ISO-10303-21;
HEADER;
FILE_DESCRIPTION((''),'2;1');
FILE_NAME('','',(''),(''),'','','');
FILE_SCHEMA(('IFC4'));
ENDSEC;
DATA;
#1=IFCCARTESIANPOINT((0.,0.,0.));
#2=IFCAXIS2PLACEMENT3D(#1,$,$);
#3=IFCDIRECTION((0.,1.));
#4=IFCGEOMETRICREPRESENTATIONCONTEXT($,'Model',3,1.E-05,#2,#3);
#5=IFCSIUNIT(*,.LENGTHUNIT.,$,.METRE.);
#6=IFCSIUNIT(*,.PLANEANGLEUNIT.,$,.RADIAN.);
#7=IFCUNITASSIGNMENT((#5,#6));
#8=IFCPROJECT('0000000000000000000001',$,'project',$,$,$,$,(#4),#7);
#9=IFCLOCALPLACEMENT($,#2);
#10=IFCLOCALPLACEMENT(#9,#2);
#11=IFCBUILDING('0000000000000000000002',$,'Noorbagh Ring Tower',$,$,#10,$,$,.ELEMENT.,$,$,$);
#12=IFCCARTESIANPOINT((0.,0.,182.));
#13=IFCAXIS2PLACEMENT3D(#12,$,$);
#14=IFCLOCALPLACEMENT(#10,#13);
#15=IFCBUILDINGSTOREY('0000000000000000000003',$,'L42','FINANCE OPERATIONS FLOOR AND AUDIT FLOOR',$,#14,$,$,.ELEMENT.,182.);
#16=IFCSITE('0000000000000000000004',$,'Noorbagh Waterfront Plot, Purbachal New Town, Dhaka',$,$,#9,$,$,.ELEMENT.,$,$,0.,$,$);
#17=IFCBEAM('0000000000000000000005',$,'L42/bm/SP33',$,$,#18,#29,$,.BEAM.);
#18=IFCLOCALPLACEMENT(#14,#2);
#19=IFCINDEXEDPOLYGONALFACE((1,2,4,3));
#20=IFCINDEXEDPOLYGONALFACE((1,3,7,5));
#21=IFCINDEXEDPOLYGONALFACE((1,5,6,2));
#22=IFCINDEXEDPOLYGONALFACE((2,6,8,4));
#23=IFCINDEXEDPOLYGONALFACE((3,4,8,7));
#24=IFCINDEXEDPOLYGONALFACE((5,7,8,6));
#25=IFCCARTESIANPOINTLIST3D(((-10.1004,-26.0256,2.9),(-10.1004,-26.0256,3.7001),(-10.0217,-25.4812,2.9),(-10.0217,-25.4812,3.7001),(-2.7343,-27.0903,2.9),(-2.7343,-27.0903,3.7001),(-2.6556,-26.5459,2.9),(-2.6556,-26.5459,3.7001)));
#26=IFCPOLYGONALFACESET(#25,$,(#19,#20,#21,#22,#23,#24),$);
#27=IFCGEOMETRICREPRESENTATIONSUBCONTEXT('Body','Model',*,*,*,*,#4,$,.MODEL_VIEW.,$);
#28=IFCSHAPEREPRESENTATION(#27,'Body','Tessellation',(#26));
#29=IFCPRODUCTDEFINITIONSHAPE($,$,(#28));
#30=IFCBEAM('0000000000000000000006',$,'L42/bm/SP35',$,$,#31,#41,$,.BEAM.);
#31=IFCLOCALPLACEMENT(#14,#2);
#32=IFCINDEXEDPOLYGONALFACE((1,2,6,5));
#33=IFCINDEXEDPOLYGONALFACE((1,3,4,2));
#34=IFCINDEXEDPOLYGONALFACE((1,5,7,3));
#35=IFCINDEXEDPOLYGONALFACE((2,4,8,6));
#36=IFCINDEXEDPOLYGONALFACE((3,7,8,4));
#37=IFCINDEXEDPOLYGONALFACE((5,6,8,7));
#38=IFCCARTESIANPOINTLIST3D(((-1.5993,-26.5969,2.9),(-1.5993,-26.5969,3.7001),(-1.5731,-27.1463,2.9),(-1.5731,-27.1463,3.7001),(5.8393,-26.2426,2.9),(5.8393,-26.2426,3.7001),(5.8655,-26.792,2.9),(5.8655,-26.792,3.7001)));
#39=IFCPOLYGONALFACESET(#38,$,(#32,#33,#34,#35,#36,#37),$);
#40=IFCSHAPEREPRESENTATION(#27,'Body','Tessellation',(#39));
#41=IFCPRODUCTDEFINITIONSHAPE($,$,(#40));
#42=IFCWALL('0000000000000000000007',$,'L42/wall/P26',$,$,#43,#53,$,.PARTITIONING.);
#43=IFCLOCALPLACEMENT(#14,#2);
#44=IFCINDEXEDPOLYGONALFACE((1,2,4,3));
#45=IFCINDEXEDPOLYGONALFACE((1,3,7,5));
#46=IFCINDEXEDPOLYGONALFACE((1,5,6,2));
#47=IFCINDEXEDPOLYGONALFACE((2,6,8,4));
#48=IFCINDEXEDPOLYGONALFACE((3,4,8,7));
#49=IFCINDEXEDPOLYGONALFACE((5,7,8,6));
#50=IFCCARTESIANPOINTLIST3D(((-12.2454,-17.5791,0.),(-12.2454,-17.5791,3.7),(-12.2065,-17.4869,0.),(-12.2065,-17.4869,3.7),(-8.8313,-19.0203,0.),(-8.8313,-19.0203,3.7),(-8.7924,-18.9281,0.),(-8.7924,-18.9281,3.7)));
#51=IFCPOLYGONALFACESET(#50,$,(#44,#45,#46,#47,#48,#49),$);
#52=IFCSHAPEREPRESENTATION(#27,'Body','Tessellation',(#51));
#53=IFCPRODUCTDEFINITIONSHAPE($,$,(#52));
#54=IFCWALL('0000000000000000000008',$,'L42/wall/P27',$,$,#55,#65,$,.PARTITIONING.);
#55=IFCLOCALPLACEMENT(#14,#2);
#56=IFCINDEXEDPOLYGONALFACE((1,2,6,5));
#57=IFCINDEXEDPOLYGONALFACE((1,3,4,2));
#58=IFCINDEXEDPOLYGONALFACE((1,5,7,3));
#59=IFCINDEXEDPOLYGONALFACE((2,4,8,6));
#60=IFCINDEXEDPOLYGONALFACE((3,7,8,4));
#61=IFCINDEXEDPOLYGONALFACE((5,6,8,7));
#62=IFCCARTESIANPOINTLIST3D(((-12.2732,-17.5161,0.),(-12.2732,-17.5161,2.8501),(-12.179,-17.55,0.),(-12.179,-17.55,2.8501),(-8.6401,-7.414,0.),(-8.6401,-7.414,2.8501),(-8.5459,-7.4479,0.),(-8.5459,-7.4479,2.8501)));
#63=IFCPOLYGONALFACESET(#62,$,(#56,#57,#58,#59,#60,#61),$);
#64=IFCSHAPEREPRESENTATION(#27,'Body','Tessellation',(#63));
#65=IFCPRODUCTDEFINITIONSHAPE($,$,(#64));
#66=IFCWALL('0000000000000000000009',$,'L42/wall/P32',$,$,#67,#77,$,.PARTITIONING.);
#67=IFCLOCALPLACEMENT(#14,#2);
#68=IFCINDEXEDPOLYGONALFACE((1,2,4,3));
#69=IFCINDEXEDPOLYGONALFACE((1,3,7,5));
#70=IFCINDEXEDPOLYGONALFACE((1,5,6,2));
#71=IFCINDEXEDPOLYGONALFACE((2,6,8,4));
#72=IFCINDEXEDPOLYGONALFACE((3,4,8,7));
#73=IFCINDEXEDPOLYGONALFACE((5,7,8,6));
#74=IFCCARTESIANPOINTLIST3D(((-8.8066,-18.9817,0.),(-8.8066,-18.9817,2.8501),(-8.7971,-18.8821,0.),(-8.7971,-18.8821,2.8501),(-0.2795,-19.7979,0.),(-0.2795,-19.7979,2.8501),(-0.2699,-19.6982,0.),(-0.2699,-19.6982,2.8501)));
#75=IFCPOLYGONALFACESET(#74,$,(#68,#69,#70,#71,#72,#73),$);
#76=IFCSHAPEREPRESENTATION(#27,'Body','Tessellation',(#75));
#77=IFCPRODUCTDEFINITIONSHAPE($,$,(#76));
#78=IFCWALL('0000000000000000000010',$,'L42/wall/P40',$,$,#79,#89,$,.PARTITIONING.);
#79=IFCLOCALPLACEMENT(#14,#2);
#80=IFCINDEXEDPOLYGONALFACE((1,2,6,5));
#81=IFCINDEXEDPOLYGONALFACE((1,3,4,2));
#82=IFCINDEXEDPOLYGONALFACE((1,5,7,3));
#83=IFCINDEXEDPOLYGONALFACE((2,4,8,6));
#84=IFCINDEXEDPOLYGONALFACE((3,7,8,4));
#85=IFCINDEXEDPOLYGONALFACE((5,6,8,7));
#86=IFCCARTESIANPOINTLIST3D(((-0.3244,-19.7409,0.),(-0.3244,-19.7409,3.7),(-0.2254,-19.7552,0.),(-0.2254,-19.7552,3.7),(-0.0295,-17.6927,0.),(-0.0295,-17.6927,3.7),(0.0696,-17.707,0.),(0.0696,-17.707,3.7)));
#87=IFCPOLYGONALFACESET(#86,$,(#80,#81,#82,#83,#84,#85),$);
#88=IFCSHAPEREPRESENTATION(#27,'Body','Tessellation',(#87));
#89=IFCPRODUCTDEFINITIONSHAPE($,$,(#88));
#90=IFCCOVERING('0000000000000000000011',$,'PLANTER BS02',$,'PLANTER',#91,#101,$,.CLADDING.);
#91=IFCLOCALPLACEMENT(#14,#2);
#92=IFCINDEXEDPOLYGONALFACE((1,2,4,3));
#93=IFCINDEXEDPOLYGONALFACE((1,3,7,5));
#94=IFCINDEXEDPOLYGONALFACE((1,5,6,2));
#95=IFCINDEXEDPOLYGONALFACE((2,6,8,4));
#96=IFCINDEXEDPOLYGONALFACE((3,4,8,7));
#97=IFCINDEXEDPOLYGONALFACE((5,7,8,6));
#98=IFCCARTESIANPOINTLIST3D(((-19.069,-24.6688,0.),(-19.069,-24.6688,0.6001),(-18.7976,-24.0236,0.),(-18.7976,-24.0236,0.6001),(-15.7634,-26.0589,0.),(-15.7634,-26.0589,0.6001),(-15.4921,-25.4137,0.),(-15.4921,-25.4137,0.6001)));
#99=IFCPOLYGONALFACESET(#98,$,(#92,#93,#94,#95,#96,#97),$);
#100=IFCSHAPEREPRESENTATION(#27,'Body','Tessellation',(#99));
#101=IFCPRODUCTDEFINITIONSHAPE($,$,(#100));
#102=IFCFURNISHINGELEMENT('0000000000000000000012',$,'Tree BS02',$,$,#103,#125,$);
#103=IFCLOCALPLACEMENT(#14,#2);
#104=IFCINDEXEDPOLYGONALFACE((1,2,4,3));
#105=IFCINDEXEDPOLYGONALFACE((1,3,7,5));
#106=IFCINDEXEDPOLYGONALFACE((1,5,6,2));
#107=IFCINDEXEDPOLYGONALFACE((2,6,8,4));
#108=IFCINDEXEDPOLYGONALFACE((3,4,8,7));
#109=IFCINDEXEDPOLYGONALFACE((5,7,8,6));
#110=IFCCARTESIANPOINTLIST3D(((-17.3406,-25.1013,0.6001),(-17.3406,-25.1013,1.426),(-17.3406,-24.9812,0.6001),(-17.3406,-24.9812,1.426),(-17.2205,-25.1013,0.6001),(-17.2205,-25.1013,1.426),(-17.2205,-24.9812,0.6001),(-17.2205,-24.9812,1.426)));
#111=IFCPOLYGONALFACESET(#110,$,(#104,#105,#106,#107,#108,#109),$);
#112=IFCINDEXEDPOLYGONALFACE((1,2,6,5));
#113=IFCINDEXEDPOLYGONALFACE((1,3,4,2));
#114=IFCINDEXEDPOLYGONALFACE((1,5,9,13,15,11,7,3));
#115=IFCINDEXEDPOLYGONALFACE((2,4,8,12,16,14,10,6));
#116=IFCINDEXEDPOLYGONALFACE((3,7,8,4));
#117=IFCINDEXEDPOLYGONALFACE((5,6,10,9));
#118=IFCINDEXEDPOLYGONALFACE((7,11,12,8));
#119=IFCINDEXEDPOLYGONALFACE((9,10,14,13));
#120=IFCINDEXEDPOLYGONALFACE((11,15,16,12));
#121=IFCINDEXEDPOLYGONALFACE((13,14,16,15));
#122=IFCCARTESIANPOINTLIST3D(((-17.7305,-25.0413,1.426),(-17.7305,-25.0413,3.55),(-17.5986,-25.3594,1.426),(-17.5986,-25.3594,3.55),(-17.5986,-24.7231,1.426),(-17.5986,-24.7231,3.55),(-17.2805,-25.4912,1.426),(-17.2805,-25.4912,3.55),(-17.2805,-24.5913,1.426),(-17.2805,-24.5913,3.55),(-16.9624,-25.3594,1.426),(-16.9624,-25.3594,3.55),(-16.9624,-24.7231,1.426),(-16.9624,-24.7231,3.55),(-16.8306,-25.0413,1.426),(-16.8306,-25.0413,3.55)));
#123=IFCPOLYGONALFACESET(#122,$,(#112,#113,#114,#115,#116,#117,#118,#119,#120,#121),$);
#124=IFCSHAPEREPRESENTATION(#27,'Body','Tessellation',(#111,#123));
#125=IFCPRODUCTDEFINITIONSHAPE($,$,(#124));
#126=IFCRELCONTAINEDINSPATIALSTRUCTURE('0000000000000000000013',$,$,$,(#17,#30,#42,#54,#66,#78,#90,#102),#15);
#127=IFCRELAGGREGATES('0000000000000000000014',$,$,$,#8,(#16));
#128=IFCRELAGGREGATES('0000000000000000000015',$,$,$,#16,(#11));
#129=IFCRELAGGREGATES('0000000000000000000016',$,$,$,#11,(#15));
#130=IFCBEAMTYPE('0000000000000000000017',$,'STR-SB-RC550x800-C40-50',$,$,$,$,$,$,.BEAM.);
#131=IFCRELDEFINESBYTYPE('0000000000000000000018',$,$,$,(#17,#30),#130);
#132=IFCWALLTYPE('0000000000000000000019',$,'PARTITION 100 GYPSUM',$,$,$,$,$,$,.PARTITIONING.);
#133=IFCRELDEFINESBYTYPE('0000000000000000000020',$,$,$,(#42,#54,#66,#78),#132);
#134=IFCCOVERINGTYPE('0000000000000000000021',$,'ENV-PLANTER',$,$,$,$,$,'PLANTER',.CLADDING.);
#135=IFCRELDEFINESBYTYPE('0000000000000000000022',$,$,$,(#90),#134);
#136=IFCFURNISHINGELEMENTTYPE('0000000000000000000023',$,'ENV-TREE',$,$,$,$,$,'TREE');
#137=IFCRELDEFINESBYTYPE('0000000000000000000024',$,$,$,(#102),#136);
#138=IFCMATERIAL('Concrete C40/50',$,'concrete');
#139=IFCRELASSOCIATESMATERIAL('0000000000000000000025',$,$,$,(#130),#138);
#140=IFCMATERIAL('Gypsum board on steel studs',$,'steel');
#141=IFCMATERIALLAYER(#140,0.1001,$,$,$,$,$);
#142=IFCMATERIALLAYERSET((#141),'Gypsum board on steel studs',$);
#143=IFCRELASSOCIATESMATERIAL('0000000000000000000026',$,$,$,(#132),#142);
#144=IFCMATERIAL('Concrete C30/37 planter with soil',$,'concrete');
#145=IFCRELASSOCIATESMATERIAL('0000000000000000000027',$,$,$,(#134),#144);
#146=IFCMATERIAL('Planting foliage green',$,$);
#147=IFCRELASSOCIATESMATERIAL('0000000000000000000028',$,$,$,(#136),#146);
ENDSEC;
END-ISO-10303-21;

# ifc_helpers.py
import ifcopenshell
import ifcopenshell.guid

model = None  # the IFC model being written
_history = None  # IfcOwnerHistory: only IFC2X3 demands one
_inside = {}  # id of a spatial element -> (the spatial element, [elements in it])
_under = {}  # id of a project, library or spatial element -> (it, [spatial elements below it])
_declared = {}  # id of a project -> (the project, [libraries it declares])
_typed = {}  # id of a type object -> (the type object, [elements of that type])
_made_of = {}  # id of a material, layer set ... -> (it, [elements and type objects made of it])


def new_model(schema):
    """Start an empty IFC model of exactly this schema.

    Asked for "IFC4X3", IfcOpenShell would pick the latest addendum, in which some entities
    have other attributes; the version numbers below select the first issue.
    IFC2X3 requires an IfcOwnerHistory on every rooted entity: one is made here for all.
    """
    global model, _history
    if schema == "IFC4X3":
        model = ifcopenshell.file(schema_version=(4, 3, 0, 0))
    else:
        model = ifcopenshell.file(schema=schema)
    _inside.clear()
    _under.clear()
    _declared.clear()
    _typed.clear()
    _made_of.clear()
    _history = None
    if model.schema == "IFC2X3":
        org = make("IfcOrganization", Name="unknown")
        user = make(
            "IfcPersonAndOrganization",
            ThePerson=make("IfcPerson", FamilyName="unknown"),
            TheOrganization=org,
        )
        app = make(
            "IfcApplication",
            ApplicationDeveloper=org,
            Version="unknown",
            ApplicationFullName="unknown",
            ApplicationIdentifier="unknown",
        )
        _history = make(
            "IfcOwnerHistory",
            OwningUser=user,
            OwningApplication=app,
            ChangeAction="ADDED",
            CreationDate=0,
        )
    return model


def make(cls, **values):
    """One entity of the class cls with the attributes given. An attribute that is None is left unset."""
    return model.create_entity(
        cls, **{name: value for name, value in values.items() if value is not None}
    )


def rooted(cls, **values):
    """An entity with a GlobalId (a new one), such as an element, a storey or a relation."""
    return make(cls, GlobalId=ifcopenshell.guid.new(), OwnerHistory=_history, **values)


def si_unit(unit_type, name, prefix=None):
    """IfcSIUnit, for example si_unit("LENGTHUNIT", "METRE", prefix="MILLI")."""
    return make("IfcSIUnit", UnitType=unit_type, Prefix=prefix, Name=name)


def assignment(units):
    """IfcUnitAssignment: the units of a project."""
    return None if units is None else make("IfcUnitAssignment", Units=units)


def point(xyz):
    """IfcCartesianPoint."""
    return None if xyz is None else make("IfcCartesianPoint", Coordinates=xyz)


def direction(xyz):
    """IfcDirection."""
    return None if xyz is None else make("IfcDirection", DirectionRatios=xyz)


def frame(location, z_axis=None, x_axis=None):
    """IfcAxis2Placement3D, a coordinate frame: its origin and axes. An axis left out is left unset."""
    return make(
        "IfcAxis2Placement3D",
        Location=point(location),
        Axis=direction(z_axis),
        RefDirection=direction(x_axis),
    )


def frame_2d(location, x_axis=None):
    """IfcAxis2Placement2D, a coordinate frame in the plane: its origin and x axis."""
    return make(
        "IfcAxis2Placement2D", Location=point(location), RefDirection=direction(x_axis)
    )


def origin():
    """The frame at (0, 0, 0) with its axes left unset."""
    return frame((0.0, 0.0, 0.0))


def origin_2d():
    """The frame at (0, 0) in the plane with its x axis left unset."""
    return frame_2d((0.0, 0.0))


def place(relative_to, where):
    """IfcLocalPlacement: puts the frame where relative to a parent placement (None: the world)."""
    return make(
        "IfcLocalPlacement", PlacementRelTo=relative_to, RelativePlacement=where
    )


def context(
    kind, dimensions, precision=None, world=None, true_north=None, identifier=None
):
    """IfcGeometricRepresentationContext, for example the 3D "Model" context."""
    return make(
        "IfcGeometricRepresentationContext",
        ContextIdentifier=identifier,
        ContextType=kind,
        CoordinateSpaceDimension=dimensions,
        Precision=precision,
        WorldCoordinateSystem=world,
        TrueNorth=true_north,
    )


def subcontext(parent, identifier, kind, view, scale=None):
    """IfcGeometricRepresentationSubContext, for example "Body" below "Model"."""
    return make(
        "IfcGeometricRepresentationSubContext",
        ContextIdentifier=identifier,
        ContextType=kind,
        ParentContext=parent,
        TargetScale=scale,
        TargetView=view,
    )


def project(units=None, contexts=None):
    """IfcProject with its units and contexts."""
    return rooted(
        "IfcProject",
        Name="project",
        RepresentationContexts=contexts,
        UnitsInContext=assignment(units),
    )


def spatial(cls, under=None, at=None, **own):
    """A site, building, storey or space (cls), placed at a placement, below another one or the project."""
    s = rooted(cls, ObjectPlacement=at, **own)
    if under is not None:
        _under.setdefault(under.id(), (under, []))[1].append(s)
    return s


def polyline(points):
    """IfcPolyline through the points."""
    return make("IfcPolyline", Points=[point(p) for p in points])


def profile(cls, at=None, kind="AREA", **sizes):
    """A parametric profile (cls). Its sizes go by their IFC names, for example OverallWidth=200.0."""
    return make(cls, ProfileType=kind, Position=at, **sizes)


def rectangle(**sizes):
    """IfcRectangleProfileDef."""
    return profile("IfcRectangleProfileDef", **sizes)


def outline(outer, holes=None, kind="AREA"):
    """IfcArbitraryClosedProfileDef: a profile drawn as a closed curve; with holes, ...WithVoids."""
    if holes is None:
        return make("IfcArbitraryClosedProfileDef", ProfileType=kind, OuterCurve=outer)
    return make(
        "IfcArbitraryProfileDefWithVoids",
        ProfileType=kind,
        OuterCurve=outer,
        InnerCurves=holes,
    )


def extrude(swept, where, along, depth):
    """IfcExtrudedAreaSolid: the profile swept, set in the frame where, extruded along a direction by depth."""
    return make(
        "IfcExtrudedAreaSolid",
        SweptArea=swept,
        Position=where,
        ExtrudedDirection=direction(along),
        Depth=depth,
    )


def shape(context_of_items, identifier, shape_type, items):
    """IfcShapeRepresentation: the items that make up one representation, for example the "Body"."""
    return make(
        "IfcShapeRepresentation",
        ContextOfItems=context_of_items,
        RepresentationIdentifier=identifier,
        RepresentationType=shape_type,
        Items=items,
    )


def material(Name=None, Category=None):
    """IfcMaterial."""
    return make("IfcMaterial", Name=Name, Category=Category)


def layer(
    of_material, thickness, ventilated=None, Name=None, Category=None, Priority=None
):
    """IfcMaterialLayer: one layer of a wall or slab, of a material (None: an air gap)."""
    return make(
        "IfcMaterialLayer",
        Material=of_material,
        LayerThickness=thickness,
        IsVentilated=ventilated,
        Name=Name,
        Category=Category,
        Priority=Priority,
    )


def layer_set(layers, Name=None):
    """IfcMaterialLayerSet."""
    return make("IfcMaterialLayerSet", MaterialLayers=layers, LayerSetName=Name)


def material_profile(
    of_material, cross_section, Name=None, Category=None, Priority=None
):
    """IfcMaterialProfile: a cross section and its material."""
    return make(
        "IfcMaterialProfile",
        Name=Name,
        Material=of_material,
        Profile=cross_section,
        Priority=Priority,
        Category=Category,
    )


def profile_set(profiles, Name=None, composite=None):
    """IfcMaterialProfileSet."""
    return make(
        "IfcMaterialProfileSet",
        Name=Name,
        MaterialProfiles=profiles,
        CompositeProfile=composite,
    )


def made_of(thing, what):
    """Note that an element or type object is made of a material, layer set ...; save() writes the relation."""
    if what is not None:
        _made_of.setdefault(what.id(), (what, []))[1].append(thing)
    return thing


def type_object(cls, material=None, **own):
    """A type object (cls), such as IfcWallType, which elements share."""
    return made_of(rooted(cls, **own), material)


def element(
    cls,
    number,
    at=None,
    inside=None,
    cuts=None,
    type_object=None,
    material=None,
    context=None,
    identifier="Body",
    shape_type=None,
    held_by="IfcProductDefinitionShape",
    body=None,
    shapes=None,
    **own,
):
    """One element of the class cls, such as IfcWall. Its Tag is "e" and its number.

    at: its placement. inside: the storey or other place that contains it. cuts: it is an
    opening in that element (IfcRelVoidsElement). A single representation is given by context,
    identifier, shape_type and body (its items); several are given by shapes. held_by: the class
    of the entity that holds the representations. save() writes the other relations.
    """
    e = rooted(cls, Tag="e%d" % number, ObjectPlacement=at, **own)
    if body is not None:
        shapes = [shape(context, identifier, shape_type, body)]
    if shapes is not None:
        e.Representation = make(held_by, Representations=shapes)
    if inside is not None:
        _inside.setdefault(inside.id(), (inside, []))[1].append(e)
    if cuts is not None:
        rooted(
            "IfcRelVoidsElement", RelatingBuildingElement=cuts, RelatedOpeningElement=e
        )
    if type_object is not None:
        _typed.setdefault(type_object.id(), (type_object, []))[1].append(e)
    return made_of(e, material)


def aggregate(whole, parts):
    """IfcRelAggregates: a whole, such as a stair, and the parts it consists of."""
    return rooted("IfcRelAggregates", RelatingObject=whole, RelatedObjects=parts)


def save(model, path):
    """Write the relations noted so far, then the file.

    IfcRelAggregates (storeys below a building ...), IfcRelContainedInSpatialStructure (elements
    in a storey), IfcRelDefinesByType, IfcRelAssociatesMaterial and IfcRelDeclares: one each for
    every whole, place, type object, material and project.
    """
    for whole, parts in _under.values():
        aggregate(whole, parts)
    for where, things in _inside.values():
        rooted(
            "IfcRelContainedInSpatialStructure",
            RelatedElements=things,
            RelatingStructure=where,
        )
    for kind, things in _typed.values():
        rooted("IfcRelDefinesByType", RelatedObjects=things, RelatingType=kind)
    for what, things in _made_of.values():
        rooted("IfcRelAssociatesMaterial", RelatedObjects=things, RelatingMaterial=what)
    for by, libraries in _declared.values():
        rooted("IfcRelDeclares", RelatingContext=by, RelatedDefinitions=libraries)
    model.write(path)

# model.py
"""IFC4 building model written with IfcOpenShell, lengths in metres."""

from ifc_helpers import new_model, si_unit, direction, frame, frame_2d, origin, origin_2d, place, context, subcontext, project, spatial, polyline, rectangle, outline, extrude, material, layer, layer_set, material_profile, profile_set, type_object, element, save


model = new_model("IFC4")

# Units and contexts
model_context = context("Model", 3, precision=1e-05, world=origin(), true_north=direction((0.0, 1.0)))
body_context = subcontext(model_context, "Body", "Model", "MODEL_VIEW")
ifc_project = project(units=[si_unit("LENGTHUNIT", "METRE"), si_unit("PLANEANGLEUNIT", "RADIAN")], contexts=[model_context])

# Site, building, storey
site_placement = place(None, origin())
site = spatial("IfcSite", under=ifc_project, at=site_placement, Name="Noorbagh Waterfront Plot, Purbachal New Town, Dhaka", CompositionType="ELEMENT", RefElevation=0.0)
building_placement = place(site_placement, origin())
building = spatial("IfcBuilding", under=site, at=building_placement, Name="Noorbagh Ring Tower", CompositionType="ELEMENT")
storey_placement = place(building_placement, frame((0.0, 0.0, 182.0)))
storey = spatial("IfcBuildingStorey", under=building, at=storey_placement, Name="L42", Description="FINANCE OPERATIONS FLOOR AND AUDIT FLOOR", CompositionType="ELEMENT", Elevation=182.0)

# Beams
ifc_material_1 = material(Name="Concrete C40/50", Category="concrete")
ifc_material_profile_1 = material_profile(ifc_material_1, rectangle(XDim=0.55, YDim=0.8, at=origin_2d()), Name="RC550x800")
ifc_profile_set_1 = profile_set([ifc_material_profile_1], Name="Concrete C40/50")
beam_type_1 = type_object("IfcBeamType", Name="STR-SB-RC550x800-C40-50", PredefinedType="BEAM", material=ifc_profile_set_1)
beam_1_placement = place(storey_placement, frame((-10.061, -25.7534, 3.3), z_axis=(0.989715, -0.143056, 0.0), x_axis=(0.143056, 0.989715, 0.0)))
element("IfcBeam", 1, at=beam_1_placement, inside=storey, type_object=beam_type_1, Name="L42/bm/SP33", PredefinedType="BEAM", context=body_context, shape_type="SweptSolid", body=[
    extrude(rectangle(XDim=0.55, YDim=0.8, at=origin_2d()), origin(), (0.0, 0.0, 1.0), 7.4426),
])
beam_2_placement = place(storey_placement, frame((-1.5862, -26.8716, 3.3), z_axis=(0.998868, 0.04757, 0.0), x_axis=(-0.04757, 0.998868, 0.0)))
element("IfcBeam", 2, at=beam_2_placement, inside=storey, type_object=beam_type_1, Name="L42/bm/SP35", PredefinedType="BEAM", context=body_context, shape_type="SweptSolid", body=[
    extrude(rectangle(XDim=0.55, YDim=0.8, at=origin_2d()), origin(), (0.0, 0.0, 1.0), 7.447),
])

# Walls
ifc_material_2 = material(Name="Gypsum board on steel studs", Category="steel")
ifc_layer = layer(ifc_material_2, 0.1001)
ifc_layer_set = layer_set([ifc_layer], Name="Gypsum board on steel studs")
wall_type = type_object("IfcWallType", Name="PARTITION 100 GYPSUM", PredefinedType="PARTITIONING", material=ifc_layer_set)
wall_1_placement = place(storey_placement, frame((-12.2261, -17.533, 0.0), z_axis=(0.0, 0.0, 1.0), x_axis=(0.921282, -0.388896, 0.0)))
element("IfcWall", 3, at=wall_1_placement, inside=storey, type_object=wall_type, Name="L42/wall/P26", PredefinedType="PARTITIONING", context=body_context, shape_type="SweptSolid", body=[
    extrude(rectangle(XDim=3.7058, YDim=0.1001, at=frame_2d((1.853, 0.0))), origin(), (0.0, 0.0, 1.0), 3.7),
])
wall_2_placement = place(storey_placement, frame((-12.2261, -17.533, 0.0), z_axis=(0.0, 0.0, 1.0), x_axis=(0.338416, 0.940997, 0.0)))
element("IfcWall", 4, at=wall_2_placement, inside=storey, type_object=wall_type, Name="L42/wall/P27", PredefinedType="PARTITIONING", context=body_context, shape_type="SweptSolid", body=[
    extrude(rectangle(XDim=10.7356, YDim=0.1001, at=frame_2d((5.3677, 0.0))), origin(), (0.0, 0.0, 1.0), 2.8501),
])
wall_3_placement = place(storey_placement, frame((-8.802, -18.9319, 0.0), z_axis=(0.0, 0.0, 1.0), x_axis=(0.995451, -0.095278, 0.0)))
element("IfcWall", 5, at=wall_3_placement, inside=storey, type_object=wall_type, Name="L42/wall/P32", PredefinedType="PARTITIONING", context=body_context, shape_type="SweptSolid", body=[
    extrude(rectangle(XDim=8.5662, YDim=0.1001, at=frame_2d((4.2832, 0.0))), origin(), (0.0, 0.0, 1.0), 2.8501),
])
wall_4_placement = place(storey_placement, frame((-0.2749, -19.748, 0.0), z_axis=(0.0, 0.0, 1.0), x_axis=(0.142528, 0.989791, 0.0)))
element("IfcWall", 6, at=wall_4_placement, inside=storey, type_object=wall_type, Name="L42/wall/P40", PredefinedType="PARTITIONING", context=body_context, shape_type="SweptSolid", body=[
    extrude(rectangle(XDim=2.0693, YDim=0.1001, at=frame_2d((1.0347, 0.0))), origin(), (0.0, 0.0, 1.0), 3.7),
])

# Covering
ifc_material_3 = material(Name="Concrete C30/37 planter with soil", Category="concrete")
covering_type = type_object("IfcCoveringType", Name="ENV-PLANTER", ElementType="PLANTER", PredefinedType="CLADDING", material=ifc_material_3)
covering_placement = place(storey_placement, frame((-17.2805, -25.0413, 0.0), z_axis=(0.0, 0.0, 1.0), x_axis=(0.921812, -0.387638, 0.0)))
element("IfcCovering", 7, at=covering_placement, inside=storey, type_object=covering_type, Name="PLANTER BS02", ObjectType="PLANTER", PredefinedType="CLADDING", context=body_context, shape_type="SweptSolid", body=[
    extrude(rectangle(XDim=3.5859, YDim=0.7, at=origin_2d()), origin(), (0.0, 0.0, 1.0), 0.6001),
])

# Furnishing element
ifc_material_4 = material(Name="Planting foliage green")
furnishing_element_type = type_object("IfcFurnishingElementType", Name="ENV-TREE", ElementType="TREE", material=ifc_material_4)
furnishing_placement = place(storey_placement, frame((-17.2805, -25.0413, 0.6001), z_axis=(0.0, 0.0, 1.0), x_axis=(1.0, 0.0, 0.0)))
element("IfcFurnishingElement", 8, at=furnishing_placement, inside=storey, type_object=furnishing_element_type, Name="Tree BS02", context=body_context, shape_type="SweptSolid", body=[
    extrude(rectangle(XDim=0.1201, YDim=0.1201, at=origin_2d()), origin(), (0.0, 0.0, 1.0), 0.8259),
    extrude(outline(polyline([(0.45, 0.0), (0.3181, 0.3181), (0.0, 0.45), (-0.3181, 0.3181), (-0.45, 0.0), (-0.3181, -0.3181), (0.0, -0.45), (0.3181, -0.3181), (0.45, 0.0)])), frame((0.0, 0.0, 0.8259)), (0.0, 0.0, 1.0), 2.124),
])

save(model, "model.ifc")
